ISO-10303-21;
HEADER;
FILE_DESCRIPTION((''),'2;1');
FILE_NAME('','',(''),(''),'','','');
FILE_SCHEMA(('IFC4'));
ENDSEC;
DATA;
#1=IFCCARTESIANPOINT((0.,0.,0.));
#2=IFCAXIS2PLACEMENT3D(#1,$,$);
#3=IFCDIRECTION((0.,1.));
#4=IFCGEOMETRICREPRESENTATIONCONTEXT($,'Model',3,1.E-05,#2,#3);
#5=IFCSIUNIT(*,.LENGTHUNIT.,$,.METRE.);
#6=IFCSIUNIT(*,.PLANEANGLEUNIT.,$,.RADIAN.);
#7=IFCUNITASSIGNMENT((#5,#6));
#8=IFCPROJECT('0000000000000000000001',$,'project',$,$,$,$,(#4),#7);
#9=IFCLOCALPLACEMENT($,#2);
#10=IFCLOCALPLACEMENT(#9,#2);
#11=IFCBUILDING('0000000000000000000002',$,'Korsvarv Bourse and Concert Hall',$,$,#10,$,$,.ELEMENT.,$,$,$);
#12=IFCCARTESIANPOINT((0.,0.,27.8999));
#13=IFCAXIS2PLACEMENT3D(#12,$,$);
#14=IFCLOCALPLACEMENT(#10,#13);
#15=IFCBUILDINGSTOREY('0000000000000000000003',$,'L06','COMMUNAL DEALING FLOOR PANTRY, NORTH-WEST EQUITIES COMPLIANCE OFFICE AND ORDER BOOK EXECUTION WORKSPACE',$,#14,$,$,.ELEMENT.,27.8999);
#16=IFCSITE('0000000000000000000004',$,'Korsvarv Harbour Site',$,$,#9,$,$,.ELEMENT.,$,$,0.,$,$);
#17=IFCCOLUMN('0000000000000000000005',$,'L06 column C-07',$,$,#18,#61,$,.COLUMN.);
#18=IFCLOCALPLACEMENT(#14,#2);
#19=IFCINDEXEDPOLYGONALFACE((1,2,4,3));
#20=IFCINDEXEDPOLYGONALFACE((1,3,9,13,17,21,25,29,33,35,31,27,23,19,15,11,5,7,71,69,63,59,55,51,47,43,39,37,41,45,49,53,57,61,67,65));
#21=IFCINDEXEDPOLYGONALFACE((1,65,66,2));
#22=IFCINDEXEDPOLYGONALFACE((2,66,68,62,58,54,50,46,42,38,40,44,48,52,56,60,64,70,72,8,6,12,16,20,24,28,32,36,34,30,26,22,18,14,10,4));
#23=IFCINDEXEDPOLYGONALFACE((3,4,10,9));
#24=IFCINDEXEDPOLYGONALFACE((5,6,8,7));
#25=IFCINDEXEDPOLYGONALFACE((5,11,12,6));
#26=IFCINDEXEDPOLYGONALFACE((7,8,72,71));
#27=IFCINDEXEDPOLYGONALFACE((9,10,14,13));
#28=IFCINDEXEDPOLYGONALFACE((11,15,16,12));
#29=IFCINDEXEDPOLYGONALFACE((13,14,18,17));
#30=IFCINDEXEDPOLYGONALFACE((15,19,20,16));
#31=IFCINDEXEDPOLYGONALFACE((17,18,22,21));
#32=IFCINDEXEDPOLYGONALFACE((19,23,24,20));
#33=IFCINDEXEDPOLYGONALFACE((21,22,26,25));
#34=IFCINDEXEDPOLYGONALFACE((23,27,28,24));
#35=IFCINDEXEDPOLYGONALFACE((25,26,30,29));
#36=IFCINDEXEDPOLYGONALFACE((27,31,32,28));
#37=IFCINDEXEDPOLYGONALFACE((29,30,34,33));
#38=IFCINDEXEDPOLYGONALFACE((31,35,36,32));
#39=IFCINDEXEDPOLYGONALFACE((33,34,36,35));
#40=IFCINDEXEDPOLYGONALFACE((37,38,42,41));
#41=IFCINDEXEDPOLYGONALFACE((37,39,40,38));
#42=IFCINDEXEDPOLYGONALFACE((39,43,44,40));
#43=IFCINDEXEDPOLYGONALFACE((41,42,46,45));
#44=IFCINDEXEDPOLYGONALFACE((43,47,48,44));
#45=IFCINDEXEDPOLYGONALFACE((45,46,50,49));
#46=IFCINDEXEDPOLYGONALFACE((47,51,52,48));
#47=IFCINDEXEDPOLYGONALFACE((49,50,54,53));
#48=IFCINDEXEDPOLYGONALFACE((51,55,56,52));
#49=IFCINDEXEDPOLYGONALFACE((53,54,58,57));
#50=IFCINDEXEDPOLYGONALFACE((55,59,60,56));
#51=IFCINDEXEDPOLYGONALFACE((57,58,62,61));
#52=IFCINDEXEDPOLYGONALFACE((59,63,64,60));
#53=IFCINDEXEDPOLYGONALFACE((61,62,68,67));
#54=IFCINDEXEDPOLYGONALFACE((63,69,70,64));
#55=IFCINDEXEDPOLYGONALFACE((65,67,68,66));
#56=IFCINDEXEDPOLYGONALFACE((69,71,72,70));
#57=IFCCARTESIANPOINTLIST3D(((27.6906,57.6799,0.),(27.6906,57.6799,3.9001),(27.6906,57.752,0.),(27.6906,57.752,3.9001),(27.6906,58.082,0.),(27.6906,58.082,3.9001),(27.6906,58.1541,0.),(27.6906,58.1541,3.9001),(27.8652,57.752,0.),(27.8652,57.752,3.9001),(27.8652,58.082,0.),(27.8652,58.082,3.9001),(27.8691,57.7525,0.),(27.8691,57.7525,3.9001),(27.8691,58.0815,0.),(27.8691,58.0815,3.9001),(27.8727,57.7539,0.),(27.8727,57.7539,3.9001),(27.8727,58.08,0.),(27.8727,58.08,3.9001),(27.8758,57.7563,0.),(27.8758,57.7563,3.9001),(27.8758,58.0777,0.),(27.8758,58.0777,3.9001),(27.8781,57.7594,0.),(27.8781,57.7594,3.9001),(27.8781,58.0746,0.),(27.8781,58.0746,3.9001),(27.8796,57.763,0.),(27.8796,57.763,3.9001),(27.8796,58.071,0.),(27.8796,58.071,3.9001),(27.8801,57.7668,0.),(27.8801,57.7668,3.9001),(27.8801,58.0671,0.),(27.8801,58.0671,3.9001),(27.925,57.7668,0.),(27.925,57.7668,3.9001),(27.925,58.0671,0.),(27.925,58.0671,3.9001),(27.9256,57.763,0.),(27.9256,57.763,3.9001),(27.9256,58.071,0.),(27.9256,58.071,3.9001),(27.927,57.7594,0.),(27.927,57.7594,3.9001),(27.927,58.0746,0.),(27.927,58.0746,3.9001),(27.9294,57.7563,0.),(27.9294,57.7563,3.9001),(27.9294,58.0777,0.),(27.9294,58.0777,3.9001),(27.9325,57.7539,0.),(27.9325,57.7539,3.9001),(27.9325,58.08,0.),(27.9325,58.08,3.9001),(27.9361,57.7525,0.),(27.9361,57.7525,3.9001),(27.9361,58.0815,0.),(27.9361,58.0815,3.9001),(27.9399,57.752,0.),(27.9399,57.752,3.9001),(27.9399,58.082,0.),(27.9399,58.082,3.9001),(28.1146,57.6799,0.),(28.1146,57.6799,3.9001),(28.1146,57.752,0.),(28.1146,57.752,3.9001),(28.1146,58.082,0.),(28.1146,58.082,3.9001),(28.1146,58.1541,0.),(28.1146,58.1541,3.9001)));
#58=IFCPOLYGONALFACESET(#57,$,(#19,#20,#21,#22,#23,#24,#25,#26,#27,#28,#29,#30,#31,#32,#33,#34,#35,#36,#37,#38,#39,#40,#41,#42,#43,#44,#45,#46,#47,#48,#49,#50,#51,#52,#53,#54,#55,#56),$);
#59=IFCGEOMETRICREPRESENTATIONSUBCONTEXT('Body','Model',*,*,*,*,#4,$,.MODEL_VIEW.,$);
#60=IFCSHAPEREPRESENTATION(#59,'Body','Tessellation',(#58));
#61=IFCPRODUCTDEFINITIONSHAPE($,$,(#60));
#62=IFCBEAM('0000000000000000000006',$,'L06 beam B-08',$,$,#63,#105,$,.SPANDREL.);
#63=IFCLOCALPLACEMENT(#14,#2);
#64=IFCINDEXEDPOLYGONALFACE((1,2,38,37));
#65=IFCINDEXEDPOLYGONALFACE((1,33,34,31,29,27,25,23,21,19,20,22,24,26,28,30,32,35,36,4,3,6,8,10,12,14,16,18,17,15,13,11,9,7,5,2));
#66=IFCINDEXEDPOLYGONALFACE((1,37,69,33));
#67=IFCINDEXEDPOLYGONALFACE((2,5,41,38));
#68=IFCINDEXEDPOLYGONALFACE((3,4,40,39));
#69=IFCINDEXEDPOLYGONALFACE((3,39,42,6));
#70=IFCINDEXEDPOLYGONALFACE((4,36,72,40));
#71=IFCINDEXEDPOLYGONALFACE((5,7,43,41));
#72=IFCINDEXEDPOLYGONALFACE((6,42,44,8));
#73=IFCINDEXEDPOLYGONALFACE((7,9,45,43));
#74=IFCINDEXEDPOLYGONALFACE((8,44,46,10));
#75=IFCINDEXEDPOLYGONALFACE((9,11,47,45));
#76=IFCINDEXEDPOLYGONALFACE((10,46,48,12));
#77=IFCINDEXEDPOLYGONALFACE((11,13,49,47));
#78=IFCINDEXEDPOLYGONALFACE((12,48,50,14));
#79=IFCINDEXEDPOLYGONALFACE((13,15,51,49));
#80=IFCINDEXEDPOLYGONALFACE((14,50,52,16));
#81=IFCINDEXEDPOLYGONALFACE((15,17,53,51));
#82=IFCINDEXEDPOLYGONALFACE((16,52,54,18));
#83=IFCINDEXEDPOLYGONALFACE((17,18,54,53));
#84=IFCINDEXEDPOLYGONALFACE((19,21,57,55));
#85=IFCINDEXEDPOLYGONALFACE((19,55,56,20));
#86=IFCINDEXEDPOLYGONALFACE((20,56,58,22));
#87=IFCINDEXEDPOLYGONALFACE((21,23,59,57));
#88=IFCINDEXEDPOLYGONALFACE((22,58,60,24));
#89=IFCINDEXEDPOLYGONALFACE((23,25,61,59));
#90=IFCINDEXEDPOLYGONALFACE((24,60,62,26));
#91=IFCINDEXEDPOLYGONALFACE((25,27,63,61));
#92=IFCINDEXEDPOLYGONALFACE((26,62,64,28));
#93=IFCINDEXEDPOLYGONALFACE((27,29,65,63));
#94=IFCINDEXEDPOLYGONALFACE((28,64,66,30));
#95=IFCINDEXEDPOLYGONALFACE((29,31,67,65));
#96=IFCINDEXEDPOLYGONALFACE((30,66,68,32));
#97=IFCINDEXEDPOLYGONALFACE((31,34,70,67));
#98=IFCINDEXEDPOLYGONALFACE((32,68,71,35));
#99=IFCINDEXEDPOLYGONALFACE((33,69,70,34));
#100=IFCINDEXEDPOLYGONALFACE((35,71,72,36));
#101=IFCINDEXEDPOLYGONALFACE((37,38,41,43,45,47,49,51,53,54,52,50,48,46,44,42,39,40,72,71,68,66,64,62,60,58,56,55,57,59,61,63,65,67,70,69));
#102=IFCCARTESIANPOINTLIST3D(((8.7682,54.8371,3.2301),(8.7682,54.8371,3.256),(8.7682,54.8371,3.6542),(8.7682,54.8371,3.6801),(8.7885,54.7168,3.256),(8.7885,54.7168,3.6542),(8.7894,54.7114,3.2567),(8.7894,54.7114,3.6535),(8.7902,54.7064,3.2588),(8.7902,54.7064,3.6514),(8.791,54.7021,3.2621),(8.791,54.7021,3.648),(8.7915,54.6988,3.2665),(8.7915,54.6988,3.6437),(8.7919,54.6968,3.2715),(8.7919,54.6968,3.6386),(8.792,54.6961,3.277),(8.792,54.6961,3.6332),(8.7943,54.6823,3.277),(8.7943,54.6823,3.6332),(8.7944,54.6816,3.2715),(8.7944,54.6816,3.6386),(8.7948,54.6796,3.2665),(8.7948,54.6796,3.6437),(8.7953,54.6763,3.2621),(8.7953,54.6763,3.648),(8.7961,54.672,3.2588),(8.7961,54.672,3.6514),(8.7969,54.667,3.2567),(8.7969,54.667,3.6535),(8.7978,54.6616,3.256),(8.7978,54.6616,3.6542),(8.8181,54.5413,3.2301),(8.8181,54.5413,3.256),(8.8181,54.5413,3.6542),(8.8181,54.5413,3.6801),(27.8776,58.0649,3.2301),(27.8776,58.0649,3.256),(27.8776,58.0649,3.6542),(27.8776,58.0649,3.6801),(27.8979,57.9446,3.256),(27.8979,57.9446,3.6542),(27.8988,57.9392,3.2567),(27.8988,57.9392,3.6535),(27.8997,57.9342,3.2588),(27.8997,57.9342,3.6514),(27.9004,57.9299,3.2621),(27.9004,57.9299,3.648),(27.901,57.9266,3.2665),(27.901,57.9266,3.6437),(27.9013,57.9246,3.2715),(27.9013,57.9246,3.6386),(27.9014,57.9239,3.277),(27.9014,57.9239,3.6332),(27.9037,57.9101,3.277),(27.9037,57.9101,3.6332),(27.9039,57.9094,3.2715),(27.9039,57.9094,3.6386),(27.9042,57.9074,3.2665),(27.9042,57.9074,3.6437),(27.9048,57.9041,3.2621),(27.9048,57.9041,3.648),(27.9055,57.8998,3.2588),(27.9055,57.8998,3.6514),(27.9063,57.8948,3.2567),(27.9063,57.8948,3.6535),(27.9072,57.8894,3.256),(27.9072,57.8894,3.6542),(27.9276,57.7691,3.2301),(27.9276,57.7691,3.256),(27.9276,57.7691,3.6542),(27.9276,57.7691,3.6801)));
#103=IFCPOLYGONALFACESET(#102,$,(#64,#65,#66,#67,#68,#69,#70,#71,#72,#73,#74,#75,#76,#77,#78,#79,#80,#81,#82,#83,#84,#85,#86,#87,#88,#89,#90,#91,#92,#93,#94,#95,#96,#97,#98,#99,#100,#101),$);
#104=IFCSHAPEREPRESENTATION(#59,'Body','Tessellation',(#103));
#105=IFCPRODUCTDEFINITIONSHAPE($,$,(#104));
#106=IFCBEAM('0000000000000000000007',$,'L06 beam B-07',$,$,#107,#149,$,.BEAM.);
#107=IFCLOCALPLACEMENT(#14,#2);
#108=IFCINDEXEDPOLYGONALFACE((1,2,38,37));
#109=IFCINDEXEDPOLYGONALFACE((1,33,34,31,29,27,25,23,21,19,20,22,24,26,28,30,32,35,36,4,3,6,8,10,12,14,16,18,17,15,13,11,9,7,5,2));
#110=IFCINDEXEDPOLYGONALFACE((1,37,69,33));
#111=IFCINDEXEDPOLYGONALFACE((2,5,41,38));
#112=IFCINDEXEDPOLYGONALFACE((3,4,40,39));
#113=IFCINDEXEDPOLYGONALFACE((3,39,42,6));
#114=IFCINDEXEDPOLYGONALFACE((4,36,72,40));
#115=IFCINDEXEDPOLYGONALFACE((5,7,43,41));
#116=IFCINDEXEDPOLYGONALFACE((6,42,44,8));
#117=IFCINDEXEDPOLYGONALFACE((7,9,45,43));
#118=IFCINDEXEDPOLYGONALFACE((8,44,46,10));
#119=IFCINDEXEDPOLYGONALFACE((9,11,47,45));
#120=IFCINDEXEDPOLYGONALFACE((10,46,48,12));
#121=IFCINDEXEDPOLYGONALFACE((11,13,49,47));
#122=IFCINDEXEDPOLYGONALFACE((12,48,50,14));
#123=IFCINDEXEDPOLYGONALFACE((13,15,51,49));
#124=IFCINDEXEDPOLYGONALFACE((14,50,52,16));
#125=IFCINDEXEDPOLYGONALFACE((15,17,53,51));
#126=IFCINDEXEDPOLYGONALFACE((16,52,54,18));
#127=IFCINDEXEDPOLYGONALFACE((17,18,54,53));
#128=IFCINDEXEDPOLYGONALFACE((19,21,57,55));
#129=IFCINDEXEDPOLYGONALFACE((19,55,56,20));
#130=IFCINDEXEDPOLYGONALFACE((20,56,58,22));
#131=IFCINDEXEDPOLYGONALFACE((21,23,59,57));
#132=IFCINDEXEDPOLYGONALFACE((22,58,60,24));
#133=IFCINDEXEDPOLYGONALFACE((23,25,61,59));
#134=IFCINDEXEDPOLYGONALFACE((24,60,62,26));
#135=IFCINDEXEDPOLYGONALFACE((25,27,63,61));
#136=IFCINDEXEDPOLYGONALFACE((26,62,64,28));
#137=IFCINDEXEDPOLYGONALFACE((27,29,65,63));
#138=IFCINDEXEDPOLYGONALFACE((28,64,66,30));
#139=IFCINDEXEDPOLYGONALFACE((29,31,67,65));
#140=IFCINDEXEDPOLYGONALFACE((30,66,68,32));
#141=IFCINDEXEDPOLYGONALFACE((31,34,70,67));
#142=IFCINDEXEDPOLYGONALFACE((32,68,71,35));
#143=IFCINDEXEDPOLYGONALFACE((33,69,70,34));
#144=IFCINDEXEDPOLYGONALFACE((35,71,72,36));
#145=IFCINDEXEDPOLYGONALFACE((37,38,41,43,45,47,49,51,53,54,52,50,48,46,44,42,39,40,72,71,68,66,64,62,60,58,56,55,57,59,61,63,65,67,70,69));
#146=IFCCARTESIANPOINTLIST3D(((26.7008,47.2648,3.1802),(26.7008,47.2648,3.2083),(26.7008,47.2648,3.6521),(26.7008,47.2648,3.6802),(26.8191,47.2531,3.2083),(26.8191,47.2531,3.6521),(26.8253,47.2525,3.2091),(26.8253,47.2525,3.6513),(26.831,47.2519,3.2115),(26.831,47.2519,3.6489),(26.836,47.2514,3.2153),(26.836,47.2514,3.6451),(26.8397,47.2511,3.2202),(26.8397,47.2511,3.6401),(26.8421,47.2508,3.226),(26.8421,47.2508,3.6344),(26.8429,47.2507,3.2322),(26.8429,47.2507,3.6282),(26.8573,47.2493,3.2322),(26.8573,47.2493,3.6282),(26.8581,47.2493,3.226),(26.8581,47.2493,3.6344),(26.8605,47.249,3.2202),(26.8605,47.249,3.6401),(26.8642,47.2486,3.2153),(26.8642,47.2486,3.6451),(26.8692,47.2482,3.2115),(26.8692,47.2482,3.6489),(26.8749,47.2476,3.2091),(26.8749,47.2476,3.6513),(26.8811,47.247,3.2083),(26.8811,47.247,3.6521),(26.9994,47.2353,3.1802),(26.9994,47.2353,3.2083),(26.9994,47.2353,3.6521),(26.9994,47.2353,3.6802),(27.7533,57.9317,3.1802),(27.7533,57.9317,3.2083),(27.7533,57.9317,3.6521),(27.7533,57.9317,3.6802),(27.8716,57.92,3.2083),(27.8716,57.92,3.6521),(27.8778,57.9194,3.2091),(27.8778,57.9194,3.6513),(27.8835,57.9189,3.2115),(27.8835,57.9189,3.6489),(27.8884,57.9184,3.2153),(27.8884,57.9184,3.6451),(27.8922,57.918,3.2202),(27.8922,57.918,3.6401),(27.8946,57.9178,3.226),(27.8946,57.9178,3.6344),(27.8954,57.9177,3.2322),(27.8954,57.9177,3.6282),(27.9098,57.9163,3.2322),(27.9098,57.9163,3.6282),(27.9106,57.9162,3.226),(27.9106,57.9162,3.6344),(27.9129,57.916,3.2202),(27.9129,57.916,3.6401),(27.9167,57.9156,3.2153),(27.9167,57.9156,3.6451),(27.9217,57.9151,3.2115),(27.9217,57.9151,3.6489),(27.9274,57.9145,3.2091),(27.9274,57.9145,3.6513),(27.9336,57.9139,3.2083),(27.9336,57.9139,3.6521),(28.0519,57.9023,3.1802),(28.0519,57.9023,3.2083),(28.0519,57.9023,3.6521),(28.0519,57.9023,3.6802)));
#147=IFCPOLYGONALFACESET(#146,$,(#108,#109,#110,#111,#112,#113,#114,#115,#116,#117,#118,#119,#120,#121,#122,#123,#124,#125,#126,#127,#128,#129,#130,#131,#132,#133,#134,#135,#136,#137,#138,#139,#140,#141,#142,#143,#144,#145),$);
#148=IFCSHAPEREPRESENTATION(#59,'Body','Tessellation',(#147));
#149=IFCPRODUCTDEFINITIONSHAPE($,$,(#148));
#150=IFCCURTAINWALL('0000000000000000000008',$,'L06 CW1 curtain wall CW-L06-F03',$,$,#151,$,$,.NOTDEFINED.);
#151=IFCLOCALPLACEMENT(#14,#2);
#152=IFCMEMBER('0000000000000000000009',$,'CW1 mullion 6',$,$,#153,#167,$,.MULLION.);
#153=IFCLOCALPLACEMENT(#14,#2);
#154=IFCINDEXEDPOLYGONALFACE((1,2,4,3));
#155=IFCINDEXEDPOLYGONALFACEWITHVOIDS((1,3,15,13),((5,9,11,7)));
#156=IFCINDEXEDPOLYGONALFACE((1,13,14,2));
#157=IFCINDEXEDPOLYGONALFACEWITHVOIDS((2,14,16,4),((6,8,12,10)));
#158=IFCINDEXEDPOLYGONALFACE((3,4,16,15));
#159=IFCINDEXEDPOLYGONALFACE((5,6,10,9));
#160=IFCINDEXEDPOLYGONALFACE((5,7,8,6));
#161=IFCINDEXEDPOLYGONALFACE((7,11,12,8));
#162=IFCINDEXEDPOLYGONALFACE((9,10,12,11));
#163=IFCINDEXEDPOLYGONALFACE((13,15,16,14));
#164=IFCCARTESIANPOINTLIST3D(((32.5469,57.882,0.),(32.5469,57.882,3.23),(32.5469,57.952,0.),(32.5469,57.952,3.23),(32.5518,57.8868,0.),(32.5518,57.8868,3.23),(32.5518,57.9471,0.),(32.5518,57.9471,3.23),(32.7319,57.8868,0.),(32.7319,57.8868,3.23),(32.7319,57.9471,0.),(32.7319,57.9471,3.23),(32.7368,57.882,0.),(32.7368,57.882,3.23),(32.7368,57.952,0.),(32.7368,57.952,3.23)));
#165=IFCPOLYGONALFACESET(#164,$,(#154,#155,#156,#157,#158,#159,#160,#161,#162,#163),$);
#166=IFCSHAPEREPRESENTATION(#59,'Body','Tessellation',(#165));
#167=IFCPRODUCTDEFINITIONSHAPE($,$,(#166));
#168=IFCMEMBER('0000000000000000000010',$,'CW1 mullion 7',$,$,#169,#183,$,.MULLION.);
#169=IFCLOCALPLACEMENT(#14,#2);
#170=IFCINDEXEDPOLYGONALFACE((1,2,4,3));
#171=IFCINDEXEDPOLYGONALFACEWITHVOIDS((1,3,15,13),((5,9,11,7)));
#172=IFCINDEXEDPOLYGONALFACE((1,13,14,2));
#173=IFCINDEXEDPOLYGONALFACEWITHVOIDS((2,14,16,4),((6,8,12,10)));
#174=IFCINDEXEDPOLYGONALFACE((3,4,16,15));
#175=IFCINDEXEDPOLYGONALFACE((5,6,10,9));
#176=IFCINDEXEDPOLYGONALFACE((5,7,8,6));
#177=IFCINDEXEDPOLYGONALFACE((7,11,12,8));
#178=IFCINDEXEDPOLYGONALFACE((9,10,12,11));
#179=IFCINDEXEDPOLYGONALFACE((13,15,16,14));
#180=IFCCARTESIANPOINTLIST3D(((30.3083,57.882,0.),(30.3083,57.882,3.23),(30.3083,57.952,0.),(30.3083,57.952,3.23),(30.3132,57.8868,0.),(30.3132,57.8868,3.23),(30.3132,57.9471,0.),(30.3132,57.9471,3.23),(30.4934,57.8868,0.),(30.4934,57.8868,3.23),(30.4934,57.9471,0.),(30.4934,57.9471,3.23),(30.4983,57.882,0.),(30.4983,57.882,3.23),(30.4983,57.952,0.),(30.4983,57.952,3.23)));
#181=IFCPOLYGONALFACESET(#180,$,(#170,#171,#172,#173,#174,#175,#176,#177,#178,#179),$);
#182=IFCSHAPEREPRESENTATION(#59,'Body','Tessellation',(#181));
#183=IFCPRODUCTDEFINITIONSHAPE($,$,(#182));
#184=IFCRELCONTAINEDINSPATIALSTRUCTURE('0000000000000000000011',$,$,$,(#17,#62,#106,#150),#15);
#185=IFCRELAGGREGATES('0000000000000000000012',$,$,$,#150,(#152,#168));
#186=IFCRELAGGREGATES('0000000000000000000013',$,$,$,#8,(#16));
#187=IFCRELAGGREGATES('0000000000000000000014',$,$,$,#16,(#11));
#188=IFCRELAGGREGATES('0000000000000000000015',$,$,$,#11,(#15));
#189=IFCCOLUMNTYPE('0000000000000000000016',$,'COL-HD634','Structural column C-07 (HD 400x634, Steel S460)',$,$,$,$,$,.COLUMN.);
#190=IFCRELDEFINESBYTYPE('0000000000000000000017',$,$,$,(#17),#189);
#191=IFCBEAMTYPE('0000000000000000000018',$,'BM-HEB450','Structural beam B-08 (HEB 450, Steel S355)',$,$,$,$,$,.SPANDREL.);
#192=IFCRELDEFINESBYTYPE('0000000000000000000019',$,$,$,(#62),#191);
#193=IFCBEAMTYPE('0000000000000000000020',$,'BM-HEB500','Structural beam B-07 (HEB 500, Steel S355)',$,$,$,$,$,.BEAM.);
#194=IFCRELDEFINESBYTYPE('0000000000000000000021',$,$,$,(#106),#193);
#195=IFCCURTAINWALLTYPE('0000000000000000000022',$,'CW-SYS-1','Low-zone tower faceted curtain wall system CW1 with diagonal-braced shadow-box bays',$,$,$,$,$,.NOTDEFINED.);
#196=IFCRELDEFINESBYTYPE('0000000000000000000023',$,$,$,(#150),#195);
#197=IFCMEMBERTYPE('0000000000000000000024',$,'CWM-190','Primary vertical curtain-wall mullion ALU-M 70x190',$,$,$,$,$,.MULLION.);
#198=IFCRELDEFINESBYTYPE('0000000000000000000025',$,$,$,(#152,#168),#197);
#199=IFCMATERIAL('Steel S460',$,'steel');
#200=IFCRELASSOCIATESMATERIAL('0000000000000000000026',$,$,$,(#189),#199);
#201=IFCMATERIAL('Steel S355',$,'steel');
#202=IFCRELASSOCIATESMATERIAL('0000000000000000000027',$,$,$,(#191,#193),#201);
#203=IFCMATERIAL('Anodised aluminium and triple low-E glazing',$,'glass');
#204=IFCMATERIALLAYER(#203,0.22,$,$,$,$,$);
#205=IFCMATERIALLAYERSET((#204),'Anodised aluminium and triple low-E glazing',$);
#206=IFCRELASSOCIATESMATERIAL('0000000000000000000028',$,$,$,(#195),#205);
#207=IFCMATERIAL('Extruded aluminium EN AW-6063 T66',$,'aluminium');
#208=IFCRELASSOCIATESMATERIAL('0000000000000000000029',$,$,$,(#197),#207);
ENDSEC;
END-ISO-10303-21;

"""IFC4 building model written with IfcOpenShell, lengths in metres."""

from ifc_helpers import new_model, si_unit, direction, frame, origin, origin_2d, place, context, subcontext, project, spatial, hollow_rectangle, i_section, extrude, source, transform, mapped, material, layer, layer_set, material_profile, profile_set, type_object, element, aggregate, save


model = new_model("IFC4")

# Units and contexts
model_context = context("Model", 3, precision=1e-05, world=origin(), true_north=direction((0.0, 1.0)))
body_context = subcontext(model_context, "Body", "Model", "MODEL_VIEW")
ifc_project = project(units=[si_unit("LENGTHUNIT", "METRE"), si_unit("PLANEANGLEUNIT", "RADIAN")], contexts=[model_context])

# Site, building, storey
site_placement = place(None, origin())
site = spatial("IfcSite", under=ifc_project, at=site_placement, Name="Korsvarv Harbour Site", CompositionType="ELEMENT", RefElevation=0.0)
building_placement = place(site_placement, origin())
building = spatial("IfcBuilding", under=site, at=building_placement, Name="Korsvarv Bourse and Concert Hall", CompositionType="ELEMENT")
storey_placement = place(building_placement, frame((0.0, 0.0, 27.8999)))
storey = spatial("IfcBuildingStorey", under=building, at=storey_placement, Name="L06", Description="COMMUNAL DEALING FLOOR PANTRY, NORTH-WEST EQUITIES COMPLIANCE OFFICE AND ORDER BOOK EXECUTION WORKSPACE", CompositionType="ELEMENT", Elevation=27.8999)

# Column
ifc_material_1 = material(Name="Steel S460", Category="steel")
ifc_material_profile_1 = material_profile(ifc_material_1, i_section(OverallWidth=0.4241, OverallDepth=0.4741, WebThickness=0.0449, FlangeThickness=0.072, FilletRadius=0.0149, at=origin_2d()), Name="HD 400x634")
ifc_profile_set_1 = profile_set([ifc_material_profile_1], Name="Steel S460")
column_type = type_object("IfcColumnType", Name="COL-HD634", Description="Structural column C-07 (HD 400x634, Steel S460)", PredefinedType="COLUMN", material=ifc_profile_set_1)
shared_shape_1 = source(origin(), body_context, "Body", "SweptSolid", [
    extrude(i_section(OverallWidth=0.4241, OverallDepth=0.4741, WebThickness=0.0449, FlangeThickness=0.072, FilletRadius=0.0149, at=origin_2d()), origin(), (0.0, 0.0, 1.0), 3.9001),
])
column_placement = place(storey_placement, frame((27.9026, 57.917, 0.0), z_axis=(0.0, 0.0, 1.0), x_axis=(1.0, 0.0, 0.0)))
element("IfcColumn", 1, at=column_placement, inside=storey, type_object=column_type, Name="L06 column C-07", PredefinedType="COLUMN", context=body_context, shape_type="MappedRepresentation", body=[
    mapped(shared_shape_1, transform((0.0, 0.0, 0.0), scale=1.0)),
])

# Beams
ifc_material_2 = material(Name="Steel S355", Category="steel")
ifc_material_profile_2 = material_profile(ifc_material_2, i_section(OverallWidth=0.3, OverallDepth=0.45, WebThickness=0.0139, FlangeThickness=0.0259, FilletRadius=0.021, at=origin_2d()), Name="HEB 450")
ifc_profile_set_2 = profile_set([ifc_material_profile_2], Name="Steel S355")
beam_type_1 = type_object("IfcBeamType", Name="BM-HEB450", Description="Structural beam B-08 (HEB 450, Steel S355)", PredefinedType="SPANDREL", material=ifc_profile_set_2)
shared_shape_2 = source(origin(), body_context, "Body", "SweptSolid", [
    extrude(i_section(OverallWidth=0.3, OverallDepth=0.45, WebThickness=0.0139, FlangeThickness=0.0259, FilletRadius=0.021, at=origin_2d()), origin(), (0.0, 0.0, 1.0), 19.3801),
])
beam_1_placement = place(storey_placement, frame((27.9026, 57.917, 3.4551), z_axis=(-0.986033, -0.166552, 0.0), x_axis=(0.166552, -0.986033, 0.0)))
element("IfcBeam", 2, at=beam_1_placement, inside=storey, type_object=beam_type_1, Name="L06 beam B-08", PredefinedType="SPANDREL", context=body_context, shape_type="MappedRepresentation", body=[
    mapped(shared_shape_2, transform((0.0, 0.0, 0.0), scale=1.0)),
])
ifc_material_profile_3 = material_profile(ifc_material_2, i_section(OverallWidth=0.3, OverallDepth=0.5, WebThickness=0.0144, FlangeThickness=0.0281, FilletRadius=0.0239, at=origin_2d()), Name="HEB 500")
ifc_profile_set_3 = profile_set([ifc_material_profile_3], Name="Steel S355")
beam_type_2 = type_object("IfcBeamType", Name="BM-HEB500", Description="Structural beam B-07 (HEB 500, Steel S355)", PredefinedType="BEAM", material=ifc_profile_set_3)
shared_shape_3 = source(origin(), body_context, "Body", "SweptSolid", [
    extrude(i_section(OverallWidth=0.3, OverallDepth=0.5, WebThickness=0.0144, FlangeThickness=0.0281, FilletRadius=0.0239, at=origin_2d()), origin(), (0.0, 0.0, 1.0), 10.7188),
])
beam_2_placement = place(storey_placement, frame((27.9026, 57.917, 3.4302), z_axis=(-0.098191, -0.995168, 0.0), x_axis=(0.995168, -0.098191, 0.0)))
element("IfcBeam", 3, at=beam_2_placement, inside=storey, type_object=beam_type_2, Name="L06 beam B-07", PredefinedType="BEAM", context=body_context, shape_type="MappedRepresentation", body=[
    mapped(shared_shape_3, transform((0.0, 0.0, 0.0), scale=1.0)),
])

# Curtain wall, members
ifc_material_3 = material(Name="Anodised aluminium and triple low-E glazing", Category="glass")
ifc_layer_1 = layer(ifc_material_3, 0.22)
ifc_layer_set_1 = layer_set([ifc_layer_1], Name="Anodised aluminium and triple low-E glazing")
curtain_wall_type = type_object("IfcCurtainWallType", Name="CW-SYS-1", Description="Low-zone tower faceted curtain wall system CW1 with diagonal-braced shadow-box bays", PredefinedType="NOTDEFINED", material=ifc_layer_set_1)
curtain_wall_placement = place(storey_placement, origin())
curtain_wall = element("IfcCurtainWall", 4, at=curtain_wall_placement, inside=storey, type_object=curtain_wall_type, Name="L06 CW1 curtain wall CW-L06-F03", PredefinedType="NOTDEFINED")
ifc_material_4 = material(Name="Extruded aluminium EN AW-6063 T66", Category="aluminium")
ifc_material_profile_4 = material_profile(ifc_material_4, hollow_rectangle(XDim=0.0701, YDim=0.1899, WallThickness=0.0049, at=origin_2d()), Name="ALU-M 70x190")
ifc_profile_set_4 = profile_set([ifc_material_profile_4], Name="Extruded aluminium EN AW-6063 T66")
member_type_1 = type_object("IfcMemberType", Name="CWM-190", Description="Primary vertical curtain-wall mullion ALU-M 70x190", PredefinedType="MULLION", material=ifc_profile_set_4)
shared_shape_4 = source(origin(), body_context, "Body", "SweptSolid", [
    extrude(hollow_rectangle(XDim=0.0701, YDim=0.1899, WallThickness=0.0049, at=origin_2d()), origin(), (0.0, 0.0, 1.0), 3.23),
])
member_1_placement = place(storey_placement, frame((32.6418, 57.917, 0.0), z_axis=(0.0, 0.0, 1.0), x_axis=(0.0, -1.0, 0.0)))
member_1 = element("IfcMember", 5, at=member_1_placement, type_object=member_type_1, Name="CW1 mullion 6", PredefinedType="MULLION", context=body_context, shape_type="MappedRepresentation", body=[
    mapped(shared_shape_4, transform((0.0, 0.0, 0.0), scale=1.0)),
])
member_2_placement = place(storey_placement, frame((30.4033, 57.917, 0.0), z_axis=(0.0, 0.0, 1.0), x_axis=(0.0, -1.0, 0.0)))
member_2 = element("IfcMember", 6, at=member_2_placement, type_object=member_type_1, Name="CW1 mullion 7", PredefinedType="MULLION", context=body_context, shape_type="MappedRepresentation", body=[
    mapped(shared_shape_4, transform((0.0, 0.0, 0.0), scale=1.0)),
])
aggregate(curtain_wall, [member_1, member_2])

save(model, "model.ifc")
